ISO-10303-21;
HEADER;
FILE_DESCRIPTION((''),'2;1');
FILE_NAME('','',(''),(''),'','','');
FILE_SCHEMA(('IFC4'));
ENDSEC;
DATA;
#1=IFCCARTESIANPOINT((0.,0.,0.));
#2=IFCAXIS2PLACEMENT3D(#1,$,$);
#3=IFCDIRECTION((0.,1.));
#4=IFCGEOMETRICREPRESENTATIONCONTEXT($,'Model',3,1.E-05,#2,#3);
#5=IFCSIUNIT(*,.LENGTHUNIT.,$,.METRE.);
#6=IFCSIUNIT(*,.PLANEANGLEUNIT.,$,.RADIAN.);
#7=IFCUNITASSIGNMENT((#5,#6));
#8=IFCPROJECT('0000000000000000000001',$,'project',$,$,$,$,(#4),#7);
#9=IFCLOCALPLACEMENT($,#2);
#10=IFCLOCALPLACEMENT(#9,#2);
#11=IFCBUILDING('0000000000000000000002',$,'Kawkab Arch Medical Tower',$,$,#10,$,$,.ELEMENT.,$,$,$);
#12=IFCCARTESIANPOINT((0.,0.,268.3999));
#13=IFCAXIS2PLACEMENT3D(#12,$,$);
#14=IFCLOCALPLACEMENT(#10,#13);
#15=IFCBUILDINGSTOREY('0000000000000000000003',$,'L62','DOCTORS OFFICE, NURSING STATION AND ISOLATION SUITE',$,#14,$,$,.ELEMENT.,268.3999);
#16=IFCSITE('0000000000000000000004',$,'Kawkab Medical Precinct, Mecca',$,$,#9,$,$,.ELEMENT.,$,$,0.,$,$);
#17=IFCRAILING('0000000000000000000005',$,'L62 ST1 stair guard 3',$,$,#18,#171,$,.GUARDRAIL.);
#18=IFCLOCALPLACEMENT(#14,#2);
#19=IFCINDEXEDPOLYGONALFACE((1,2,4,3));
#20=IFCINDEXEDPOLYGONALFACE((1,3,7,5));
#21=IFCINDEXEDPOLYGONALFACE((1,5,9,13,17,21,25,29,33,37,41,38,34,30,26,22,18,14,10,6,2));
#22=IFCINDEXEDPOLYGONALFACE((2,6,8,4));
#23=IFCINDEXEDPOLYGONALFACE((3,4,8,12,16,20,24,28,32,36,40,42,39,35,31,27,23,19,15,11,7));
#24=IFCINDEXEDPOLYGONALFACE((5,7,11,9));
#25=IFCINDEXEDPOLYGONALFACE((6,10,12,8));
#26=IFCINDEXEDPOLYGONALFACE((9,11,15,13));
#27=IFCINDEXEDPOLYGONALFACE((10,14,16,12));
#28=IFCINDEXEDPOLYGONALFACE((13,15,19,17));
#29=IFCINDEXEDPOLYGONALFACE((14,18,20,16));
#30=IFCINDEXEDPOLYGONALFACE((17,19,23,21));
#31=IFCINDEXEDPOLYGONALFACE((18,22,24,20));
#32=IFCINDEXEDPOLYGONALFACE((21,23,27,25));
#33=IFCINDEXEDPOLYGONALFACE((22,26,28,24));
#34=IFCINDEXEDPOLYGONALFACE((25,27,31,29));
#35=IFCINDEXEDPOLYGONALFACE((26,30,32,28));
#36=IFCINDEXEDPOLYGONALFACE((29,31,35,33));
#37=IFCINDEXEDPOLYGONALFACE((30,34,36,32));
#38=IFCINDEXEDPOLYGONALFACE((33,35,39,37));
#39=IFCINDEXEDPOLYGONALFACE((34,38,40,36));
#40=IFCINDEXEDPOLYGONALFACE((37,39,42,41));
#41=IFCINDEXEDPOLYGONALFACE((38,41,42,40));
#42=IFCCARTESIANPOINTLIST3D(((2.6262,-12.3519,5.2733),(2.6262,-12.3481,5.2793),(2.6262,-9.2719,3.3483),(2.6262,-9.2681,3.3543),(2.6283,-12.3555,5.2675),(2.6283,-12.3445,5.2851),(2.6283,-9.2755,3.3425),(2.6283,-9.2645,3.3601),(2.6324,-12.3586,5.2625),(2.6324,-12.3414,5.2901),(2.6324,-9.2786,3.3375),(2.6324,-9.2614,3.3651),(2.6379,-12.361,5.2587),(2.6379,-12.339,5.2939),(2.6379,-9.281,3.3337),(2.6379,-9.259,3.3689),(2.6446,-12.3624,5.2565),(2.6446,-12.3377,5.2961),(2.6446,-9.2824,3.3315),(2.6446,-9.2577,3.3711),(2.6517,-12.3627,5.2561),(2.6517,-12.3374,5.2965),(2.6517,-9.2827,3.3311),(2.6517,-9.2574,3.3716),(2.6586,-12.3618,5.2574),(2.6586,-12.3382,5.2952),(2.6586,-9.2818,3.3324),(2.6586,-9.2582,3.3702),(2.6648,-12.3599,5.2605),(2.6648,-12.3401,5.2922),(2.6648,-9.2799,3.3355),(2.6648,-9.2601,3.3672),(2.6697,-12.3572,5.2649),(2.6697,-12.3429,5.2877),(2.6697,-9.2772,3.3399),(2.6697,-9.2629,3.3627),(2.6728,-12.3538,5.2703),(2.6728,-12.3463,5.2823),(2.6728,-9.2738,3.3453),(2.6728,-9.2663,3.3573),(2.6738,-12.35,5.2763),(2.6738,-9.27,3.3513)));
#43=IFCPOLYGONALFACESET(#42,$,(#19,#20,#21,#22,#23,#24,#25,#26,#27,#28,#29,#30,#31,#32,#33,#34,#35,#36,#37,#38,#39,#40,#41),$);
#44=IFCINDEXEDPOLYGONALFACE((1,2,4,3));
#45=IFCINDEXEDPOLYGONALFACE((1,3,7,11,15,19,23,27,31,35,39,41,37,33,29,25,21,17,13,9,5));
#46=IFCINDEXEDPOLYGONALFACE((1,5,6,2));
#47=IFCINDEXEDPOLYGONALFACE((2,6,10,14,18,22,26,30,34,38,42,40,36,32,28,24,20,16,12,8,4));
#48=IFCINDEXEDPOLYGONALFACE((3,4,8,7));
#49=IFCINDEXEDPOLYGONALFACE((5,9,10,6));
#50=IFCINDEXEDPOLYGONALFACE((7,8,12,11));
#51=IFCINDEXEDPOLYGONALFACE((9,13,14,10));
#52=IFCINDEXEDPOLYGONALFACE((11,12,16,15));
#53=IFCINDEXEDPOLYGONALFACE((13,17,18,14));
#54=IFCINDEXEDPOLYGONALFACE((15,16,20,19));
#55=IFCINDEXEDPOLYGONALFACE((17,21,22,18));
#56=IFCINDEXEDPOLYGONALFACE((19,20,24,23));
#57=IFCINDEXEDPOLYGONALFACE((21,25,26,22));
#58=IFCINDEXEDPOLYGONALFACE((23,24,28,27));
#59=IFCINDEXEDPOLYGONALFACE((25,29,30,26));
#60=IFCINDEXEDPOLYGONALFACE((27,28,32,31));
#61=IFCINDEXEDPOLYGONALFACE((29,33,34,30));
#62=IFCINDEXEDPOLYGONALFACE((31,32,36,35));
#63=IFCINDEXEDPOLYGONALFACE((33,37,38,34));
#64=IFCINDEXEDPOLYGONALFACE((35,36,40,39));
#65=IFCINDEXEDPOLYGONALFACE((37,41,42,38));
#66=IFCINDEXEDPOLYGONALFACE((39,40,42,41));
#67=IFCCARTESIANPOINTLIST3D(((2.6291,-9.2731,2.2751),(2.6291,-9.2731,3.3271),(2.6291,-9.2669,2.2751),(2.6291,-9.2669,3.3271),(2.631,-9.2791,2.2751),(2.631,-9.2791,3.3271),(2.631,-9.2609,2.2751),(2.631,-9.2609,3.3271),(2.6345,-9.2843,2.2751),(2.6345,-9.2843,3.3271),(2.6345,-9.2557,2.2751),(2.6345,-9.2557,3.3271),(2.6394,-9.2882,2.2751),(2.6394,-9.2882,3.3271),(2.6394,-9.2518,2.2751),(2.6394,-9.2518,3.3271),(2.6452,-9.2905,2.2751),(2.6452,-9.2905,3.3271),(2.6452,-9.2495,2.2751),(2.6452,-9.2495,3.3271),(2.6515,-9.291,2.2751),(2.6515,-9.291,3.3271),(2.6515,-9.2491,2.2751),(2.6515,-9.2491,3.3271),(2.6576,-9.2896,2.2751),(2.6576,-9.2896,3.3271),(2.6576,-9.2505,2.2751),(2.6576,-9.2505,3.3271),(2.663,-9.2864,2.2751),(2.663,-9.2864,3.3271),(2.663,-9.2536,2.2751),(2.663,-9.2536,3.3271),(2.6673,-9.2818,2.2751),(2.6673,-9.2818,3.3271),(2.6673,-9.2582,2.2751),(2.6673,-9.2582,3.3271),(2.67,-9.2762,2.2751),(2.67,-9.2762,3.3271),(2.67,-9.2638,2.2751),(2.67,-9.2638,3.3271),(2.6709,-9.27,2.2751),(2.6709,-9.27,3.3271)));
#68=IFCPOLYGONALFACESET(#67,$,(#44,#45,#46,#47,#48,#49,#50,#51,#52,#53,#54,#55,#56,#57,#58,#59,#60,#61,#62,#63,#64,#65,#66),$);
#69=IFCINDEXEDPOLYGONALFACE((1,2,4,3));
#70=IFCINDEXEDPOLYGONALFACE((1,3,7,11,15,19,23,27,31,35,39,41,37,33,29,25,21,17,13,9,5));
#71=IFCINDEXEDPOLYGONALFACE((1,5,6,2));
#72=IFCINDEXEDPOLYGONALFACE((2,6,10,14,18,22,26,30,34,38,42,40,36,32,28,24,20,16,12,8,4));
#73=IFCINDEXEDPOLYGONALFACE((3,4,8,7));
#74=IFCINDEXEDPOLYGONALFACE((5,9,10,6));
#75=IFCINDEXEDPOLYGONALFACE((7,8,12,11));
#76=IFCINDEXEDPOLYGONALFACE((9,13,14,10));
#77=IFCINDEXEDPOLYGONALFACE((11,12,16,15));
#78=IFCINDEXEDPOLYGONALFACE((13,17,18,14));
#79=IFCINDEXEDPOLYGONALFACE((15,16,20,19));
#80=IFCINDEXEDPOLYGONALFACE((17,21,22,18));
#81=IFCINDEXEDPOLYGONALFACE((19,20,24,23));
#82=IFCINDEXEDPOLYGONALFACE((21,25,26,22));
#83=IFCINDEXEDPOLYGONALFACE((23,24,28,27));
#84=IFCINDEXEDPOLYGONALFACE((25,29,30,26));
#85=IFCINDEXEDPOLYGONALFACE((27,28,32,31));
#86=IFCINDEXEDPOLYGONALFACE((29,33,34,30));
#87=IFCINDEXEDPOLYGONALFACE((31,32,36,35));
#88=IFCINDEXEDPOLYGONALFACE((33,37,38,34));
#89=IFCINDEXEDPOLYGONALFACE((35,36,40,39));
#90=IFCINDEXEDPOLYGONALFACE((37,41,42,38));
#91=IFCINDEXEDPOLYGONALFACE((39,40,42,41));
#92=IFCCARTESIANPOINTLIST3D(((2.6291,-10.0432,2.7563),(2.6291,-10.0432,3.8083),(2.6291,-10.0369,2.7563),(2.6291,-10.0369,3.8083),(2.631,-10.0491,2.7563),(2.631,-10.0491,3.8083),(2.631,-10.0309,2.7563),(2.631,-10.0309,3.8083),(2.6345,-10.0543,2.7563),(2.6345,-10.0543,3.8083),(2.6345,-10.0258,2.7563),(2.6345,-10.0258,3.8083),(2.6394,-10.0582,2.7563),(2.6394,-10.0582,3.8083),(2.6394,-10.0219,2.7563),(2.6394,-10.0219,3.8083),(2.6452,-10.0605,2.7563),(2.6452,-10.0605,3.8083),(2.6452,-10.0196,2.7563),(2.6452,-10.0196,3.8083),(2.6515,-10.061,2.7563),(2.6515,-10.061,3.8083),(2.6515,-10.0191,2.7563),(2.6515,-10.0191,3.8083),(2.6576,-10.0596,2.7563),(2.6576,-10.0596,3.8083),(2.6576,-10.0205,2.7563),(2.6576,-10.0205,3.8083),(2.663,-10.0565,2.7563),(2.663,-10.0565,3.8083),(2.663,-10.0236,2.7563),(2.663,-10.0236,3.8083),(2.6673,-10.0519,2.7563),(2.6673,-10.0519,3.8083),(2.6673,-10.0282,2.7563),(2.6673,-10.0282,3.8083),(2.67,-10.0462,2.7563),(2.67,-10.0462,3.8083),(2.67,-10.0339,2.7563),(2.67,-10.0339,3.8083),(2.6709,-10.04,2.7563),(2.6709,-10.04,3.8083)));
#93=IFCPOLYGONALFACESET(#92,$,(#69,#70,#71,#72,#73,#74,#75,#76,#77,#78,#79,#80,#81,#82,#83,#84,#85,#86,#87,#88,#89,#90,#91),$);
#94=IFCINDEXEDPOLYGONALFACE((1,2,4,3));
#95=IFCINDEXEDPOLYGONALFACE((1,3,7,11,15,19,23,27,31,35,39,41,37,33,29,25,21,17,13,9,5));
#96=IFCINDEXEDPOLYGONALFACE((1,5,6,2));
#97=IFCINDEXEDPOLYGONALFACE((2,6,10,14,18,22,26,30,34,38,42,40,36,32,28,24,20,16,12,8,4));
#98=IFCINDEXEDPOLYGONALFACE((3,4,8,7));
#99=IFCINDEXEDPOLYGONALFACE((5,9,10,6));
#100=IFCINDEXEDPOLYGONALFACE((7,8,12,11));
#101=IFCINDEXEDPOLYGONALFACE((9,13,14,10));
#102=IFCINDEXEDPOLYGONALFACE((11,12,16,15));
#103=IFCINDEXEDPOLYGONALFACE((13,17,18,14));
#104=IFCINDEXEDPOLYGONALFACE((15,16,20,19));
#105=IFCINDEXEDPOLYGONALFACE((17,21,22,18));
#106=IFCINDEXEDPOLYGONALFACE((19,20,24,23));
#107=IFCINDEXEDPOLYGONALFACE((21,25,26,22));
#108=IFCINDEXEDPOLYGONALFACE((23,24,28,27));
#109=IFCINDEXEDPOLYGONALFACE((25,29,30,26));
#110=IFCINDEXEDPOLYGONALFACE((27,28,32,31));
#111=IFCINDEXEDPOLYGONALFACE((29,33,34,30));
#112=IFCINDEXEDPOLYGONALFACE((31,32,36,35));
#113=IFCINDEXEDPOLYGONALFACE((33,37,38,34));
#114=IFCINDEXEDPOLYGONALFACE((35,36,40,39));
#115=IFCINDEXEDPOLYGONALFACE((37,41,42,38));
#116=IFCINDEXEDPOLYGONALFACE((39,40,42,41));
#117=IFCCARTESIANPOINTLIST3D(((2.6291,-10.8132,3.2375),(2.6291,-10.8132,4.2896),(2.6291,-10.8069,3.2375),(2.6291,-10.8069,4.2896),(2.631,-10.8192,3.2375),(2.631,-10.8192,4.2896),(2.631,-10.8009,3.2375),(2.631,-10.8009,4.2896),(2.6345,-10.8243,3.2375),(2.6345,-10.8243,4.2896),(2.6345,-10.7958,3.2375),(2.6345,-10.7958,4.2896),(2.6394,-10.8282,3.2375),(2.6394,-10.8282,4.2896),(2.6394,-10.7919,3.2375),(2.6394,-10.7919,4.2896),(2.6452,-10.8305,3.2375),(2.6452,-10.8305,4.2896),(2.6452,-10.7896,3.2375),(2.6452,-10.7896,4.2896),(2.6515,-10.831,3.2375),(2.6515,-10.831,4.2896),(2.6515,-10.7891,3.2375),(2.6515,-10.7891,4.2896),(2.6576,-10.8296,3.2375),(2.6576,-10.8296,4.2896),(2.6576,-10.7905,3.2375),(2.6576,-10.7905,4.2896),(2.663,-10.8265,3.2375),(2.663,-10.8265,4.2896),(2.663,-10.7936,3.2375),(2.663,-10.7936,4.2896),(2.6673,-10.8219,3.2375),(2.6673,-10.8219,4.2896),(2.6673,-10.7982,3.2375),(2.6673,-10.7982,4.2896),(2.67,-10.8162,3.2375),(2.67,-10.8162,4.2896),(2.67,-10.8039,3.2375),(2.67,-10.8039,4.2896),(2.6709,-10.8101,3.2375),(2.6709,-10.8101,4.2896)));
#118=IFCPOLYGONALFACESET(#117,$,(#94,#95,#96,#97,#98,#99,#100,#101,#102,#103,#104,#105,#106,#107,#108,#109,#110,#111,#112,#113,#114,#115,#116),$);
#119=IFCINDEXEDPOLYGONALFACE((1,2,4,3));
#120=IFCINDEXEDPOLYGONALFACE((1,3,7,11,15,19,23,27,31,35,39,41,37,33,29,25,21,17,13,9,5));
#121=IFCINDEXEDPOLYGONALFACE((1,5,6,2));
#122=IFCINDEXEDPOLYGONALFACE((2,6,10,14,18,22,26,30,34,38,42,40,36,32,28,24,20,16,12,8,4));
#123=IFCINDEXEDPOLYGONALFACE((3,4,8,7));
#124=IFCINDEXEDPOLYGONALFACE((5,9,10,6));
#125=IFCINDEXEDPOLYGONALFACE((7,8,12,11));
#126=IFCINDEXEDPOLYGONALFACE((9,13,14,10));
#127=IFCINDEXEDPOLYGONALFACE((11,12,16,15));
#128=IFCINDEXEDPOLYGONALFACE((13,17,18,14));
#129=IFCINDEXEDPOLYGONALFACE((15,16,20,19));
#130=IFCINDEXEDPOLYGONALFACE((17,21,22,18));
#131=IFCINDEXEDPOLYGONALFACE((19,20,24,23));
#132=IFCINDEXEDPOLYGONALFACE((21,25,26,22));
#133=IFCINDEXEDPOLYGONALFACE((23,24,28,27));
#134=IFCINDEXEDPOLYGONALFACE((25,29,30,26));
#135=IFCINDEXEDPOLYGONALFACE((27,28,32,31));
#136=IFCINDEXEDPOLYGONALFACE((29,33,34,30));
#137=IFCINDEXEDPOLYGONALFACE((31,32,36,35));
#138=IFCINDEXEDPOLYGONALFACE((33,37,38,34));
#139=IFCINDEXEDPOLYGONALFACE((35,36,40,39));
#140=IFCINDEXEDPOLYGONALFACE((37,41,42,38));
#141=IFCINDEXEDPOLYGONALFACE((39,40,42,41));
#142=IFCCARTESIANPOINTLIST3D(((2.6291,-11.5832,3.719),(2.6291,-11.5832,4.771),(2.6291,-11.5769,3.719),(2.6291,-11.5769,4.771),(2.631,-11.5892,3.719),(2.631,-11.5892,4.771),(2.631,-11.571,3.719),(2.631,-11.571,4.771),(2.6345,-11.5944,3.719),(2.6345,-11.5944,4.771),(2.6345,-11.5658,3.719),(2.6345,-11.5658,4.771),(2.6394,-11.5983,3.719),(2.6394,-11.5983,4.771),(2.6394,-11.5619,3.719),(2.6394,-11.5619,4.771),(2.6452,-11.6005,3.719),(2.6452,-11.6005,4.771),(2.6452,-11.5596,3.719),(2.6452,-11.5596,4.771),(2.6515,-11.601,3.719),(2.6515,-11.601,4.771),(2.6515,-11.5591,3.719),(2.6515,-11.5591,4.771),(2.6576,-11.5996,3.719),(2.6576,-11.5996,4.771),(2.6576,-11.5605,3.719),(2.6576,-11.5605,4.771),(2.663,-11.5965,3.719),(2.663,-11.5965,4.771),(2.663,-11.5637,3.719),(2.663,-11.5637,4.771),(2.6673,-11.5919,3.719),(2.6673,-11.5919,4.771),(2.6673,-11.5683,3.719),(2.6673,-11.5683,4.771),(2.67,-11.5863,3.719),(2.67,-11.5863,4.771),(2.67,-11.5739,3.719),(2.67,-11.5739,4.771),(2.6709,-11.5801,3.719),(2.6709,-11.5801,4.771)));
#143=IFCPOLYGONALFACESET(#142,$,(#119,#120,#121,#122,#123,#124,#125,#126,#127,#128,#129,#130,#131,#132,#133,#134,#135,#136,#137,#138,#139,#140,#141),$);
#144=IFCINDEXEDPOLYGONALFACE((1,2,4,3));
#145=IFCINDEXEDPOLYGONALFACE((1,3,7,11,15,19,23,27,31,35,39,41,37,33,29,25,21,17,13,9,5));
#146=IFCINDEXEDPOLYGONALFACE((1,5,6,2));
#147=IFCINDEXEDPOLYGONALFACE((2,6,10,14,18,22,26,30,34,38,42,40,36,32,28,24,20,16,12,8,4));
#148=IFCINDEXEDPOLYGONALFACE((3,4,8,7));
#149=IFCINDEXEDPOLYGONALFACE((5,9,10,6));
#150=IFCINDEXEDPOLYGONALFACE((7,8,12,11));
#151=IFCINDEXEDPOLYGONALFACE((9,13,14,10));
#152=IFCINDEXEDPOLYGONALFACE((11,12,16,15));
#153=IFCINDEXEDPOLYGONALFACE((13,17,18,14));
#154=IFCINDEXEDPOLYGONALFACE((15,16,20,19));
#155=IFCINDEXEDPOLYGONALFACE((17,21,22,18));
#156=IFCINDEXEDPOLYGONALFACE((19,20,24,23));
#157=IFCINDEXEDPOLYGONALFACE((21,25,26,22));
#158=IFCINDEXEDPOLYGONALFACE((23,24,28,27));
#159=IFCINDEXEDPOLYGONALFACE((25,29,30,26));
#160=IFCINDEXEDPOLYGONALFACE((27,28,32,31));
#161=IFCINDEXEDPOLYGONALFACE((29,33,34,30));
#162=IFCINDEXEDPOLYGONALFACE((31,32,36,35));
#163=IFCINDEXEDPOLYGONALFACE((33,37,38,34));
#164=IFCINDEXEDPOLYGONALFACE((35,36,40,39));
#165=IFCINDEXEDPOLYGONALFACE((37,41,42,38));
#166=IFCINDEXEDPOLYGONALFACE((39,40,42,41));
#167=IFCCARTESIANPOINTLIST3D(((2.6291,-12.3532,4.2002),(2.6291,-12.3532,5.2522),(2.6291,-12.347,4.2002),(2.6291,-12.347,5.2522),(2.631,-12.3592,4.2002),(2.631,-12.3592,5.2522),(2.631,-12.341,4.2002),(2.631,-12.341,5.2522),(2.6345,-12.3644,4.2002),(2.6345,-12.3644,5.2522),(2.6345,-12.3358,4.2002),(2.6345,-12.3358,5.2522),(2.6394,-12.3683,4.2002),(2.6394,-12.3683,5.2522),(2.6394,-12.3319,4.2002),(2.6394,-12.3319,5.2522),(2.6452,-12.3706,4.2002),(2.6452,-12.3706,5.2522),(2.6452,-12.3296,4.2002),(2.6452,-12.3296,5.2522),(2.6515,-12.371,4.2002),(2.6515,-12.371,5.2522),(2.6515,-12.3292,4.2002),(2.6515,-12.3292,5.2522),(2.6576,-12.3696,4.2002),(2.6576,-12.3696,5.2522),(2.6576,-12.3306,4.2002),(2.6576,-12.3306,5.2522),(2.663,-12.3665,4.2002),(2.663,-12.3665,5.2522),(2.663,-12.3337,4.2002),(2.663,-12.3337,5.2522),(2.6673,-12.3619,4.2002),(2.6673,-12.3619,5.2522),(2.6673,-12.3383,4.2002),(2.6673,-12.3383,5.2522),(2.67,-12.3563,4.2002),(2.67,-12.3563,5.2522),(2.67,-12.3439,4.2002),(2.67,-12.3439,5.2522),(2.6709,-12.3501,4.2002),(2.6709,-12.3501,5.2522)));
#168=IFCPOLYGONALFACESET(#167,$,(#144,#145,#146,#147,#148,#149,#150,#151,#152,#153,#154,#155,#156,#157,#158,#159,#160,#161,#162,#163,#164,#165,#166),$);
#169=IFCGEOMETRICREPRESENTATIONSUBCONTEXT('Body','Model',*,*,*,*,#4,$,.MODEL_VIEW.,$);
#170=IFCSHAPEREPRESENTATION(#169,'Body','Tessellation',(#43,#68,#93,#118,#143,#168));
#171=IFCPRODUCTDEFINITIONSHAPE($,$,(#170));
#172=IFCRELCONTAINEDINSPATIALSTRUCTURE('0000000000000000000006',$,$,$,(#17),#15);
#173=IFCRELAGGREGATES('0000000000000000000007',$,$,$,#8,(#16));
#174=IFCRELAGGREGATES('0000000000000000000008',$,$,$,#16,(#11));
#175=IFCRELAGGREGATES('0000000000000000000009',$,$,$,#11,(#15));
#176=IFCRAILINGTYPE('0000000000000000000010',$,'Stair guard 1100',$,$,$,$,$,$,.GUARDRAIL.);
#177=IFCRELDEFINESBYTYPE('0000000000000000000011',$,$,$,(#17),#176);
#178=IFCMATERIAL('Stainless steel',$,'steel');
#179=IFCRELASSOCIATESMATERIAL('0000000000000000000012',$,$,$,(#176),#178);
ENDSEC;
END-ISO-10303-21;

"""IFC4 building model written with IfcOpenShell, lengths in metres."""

from ifc_helpers import new_model, si_unit, direction, frame, origin, origin_2d, place, context, subcontext, project, spatial, circle, extrude, material, type_object, element, save


model = new_model("IFC4")

# Units and contexts
model_context = context("Model", 3, precision=1e-05, world=origin(), true_north=direction((0.0, 1.0)))
body_context = subcontext(model_context, "Body", "Model", "MODEL_VIEW")
ifc_project = project(units=[si_unit("LENGTHUNIT", "METRE"), si_unit("PLANEANGLEUNIT", "RADIAN")], contexts=[model_context])

# Site, building, storey
site_placement = place(None, origin())
site = spatial("IfcSite", under=ifc_project, at=site_placement, Name="Kawkab Medical Precinct, Mecca", CompositionType="ELEMENT", RefElevation=0.0)
building_placement = place(site_placement, origin())
building = spatial("IfcBuilding", under=site, at=building_placement, Name="Kawkab Arch Medical Tower", CompositionType="ELEMENT")
storey_placement = place(building_placement, frame((0.0, 0.0, 268.3999)))
storey = spatial("IfcBuildingStorey", under=building, at=storey_placement, Name="L62", Description="DOCTORS OFFICE, NURSING STATION AND ISOLATION SUITE", CompositionType="ELEMENT", Elevation=268.3999)

# Railing
ifc_material_1 = material(Name="Stainless steel", Category="steel")
railing_type_1 = type_object("IfcRailingType", Name="Stair guard 1100", PredefinedType="GUARDRAIL", material=ifc_material_1)
railing_1_placement = place(storey_placement, frame((2.6499, -9.27, 2.2751)))
element("IfcRailing", 1, at=railing_1_placement, inside=storey, type_object=railing_type_1, Name="L62 ST1 stair guard 3", PredefinedType="GUARDRAIL", context=body_context, shape_type="SweptSolid", body=[
    extrude(circle(Radius=0.0239, at=origin_2d()), frame((0.0, 0.0, 1.0762), z_axis=(0.0, -0.847998, 0.529999), x_axis=(1.0, 0.0, 0.0)), (0.0, 0.0, 1.0), 3.6321),
    extrude(circle(Radius=0.021, at=origin_2d()), origin(), (0.0, 0.0, 1.0), 1.052),
    extrude(circle(Radius=0.021, at=origin_2d()), frame((0.0, -0.77, 0.4812)), (0.0, 0.0, 1.0), 1.052),
    extrude(circle(Radius=0.021, at=origin_2d()), frame((0.0, -1.54, 0.9624)), (0.0, 0.0, 1.0), 1.052),
    extrude(circle(Radius=0.021, at=origin_2d()), frame((0.0, -2.3101, 1.4438)), (0.0, 0.0, 1.0), 1.052),
    extrude(circle(Radius=0.021, at=origin_2d()), frame((0.0, -3.0801, 1.925)), (0.0, 0.0, 1.0), 1.052),
])

save(model, "model.ifc")
